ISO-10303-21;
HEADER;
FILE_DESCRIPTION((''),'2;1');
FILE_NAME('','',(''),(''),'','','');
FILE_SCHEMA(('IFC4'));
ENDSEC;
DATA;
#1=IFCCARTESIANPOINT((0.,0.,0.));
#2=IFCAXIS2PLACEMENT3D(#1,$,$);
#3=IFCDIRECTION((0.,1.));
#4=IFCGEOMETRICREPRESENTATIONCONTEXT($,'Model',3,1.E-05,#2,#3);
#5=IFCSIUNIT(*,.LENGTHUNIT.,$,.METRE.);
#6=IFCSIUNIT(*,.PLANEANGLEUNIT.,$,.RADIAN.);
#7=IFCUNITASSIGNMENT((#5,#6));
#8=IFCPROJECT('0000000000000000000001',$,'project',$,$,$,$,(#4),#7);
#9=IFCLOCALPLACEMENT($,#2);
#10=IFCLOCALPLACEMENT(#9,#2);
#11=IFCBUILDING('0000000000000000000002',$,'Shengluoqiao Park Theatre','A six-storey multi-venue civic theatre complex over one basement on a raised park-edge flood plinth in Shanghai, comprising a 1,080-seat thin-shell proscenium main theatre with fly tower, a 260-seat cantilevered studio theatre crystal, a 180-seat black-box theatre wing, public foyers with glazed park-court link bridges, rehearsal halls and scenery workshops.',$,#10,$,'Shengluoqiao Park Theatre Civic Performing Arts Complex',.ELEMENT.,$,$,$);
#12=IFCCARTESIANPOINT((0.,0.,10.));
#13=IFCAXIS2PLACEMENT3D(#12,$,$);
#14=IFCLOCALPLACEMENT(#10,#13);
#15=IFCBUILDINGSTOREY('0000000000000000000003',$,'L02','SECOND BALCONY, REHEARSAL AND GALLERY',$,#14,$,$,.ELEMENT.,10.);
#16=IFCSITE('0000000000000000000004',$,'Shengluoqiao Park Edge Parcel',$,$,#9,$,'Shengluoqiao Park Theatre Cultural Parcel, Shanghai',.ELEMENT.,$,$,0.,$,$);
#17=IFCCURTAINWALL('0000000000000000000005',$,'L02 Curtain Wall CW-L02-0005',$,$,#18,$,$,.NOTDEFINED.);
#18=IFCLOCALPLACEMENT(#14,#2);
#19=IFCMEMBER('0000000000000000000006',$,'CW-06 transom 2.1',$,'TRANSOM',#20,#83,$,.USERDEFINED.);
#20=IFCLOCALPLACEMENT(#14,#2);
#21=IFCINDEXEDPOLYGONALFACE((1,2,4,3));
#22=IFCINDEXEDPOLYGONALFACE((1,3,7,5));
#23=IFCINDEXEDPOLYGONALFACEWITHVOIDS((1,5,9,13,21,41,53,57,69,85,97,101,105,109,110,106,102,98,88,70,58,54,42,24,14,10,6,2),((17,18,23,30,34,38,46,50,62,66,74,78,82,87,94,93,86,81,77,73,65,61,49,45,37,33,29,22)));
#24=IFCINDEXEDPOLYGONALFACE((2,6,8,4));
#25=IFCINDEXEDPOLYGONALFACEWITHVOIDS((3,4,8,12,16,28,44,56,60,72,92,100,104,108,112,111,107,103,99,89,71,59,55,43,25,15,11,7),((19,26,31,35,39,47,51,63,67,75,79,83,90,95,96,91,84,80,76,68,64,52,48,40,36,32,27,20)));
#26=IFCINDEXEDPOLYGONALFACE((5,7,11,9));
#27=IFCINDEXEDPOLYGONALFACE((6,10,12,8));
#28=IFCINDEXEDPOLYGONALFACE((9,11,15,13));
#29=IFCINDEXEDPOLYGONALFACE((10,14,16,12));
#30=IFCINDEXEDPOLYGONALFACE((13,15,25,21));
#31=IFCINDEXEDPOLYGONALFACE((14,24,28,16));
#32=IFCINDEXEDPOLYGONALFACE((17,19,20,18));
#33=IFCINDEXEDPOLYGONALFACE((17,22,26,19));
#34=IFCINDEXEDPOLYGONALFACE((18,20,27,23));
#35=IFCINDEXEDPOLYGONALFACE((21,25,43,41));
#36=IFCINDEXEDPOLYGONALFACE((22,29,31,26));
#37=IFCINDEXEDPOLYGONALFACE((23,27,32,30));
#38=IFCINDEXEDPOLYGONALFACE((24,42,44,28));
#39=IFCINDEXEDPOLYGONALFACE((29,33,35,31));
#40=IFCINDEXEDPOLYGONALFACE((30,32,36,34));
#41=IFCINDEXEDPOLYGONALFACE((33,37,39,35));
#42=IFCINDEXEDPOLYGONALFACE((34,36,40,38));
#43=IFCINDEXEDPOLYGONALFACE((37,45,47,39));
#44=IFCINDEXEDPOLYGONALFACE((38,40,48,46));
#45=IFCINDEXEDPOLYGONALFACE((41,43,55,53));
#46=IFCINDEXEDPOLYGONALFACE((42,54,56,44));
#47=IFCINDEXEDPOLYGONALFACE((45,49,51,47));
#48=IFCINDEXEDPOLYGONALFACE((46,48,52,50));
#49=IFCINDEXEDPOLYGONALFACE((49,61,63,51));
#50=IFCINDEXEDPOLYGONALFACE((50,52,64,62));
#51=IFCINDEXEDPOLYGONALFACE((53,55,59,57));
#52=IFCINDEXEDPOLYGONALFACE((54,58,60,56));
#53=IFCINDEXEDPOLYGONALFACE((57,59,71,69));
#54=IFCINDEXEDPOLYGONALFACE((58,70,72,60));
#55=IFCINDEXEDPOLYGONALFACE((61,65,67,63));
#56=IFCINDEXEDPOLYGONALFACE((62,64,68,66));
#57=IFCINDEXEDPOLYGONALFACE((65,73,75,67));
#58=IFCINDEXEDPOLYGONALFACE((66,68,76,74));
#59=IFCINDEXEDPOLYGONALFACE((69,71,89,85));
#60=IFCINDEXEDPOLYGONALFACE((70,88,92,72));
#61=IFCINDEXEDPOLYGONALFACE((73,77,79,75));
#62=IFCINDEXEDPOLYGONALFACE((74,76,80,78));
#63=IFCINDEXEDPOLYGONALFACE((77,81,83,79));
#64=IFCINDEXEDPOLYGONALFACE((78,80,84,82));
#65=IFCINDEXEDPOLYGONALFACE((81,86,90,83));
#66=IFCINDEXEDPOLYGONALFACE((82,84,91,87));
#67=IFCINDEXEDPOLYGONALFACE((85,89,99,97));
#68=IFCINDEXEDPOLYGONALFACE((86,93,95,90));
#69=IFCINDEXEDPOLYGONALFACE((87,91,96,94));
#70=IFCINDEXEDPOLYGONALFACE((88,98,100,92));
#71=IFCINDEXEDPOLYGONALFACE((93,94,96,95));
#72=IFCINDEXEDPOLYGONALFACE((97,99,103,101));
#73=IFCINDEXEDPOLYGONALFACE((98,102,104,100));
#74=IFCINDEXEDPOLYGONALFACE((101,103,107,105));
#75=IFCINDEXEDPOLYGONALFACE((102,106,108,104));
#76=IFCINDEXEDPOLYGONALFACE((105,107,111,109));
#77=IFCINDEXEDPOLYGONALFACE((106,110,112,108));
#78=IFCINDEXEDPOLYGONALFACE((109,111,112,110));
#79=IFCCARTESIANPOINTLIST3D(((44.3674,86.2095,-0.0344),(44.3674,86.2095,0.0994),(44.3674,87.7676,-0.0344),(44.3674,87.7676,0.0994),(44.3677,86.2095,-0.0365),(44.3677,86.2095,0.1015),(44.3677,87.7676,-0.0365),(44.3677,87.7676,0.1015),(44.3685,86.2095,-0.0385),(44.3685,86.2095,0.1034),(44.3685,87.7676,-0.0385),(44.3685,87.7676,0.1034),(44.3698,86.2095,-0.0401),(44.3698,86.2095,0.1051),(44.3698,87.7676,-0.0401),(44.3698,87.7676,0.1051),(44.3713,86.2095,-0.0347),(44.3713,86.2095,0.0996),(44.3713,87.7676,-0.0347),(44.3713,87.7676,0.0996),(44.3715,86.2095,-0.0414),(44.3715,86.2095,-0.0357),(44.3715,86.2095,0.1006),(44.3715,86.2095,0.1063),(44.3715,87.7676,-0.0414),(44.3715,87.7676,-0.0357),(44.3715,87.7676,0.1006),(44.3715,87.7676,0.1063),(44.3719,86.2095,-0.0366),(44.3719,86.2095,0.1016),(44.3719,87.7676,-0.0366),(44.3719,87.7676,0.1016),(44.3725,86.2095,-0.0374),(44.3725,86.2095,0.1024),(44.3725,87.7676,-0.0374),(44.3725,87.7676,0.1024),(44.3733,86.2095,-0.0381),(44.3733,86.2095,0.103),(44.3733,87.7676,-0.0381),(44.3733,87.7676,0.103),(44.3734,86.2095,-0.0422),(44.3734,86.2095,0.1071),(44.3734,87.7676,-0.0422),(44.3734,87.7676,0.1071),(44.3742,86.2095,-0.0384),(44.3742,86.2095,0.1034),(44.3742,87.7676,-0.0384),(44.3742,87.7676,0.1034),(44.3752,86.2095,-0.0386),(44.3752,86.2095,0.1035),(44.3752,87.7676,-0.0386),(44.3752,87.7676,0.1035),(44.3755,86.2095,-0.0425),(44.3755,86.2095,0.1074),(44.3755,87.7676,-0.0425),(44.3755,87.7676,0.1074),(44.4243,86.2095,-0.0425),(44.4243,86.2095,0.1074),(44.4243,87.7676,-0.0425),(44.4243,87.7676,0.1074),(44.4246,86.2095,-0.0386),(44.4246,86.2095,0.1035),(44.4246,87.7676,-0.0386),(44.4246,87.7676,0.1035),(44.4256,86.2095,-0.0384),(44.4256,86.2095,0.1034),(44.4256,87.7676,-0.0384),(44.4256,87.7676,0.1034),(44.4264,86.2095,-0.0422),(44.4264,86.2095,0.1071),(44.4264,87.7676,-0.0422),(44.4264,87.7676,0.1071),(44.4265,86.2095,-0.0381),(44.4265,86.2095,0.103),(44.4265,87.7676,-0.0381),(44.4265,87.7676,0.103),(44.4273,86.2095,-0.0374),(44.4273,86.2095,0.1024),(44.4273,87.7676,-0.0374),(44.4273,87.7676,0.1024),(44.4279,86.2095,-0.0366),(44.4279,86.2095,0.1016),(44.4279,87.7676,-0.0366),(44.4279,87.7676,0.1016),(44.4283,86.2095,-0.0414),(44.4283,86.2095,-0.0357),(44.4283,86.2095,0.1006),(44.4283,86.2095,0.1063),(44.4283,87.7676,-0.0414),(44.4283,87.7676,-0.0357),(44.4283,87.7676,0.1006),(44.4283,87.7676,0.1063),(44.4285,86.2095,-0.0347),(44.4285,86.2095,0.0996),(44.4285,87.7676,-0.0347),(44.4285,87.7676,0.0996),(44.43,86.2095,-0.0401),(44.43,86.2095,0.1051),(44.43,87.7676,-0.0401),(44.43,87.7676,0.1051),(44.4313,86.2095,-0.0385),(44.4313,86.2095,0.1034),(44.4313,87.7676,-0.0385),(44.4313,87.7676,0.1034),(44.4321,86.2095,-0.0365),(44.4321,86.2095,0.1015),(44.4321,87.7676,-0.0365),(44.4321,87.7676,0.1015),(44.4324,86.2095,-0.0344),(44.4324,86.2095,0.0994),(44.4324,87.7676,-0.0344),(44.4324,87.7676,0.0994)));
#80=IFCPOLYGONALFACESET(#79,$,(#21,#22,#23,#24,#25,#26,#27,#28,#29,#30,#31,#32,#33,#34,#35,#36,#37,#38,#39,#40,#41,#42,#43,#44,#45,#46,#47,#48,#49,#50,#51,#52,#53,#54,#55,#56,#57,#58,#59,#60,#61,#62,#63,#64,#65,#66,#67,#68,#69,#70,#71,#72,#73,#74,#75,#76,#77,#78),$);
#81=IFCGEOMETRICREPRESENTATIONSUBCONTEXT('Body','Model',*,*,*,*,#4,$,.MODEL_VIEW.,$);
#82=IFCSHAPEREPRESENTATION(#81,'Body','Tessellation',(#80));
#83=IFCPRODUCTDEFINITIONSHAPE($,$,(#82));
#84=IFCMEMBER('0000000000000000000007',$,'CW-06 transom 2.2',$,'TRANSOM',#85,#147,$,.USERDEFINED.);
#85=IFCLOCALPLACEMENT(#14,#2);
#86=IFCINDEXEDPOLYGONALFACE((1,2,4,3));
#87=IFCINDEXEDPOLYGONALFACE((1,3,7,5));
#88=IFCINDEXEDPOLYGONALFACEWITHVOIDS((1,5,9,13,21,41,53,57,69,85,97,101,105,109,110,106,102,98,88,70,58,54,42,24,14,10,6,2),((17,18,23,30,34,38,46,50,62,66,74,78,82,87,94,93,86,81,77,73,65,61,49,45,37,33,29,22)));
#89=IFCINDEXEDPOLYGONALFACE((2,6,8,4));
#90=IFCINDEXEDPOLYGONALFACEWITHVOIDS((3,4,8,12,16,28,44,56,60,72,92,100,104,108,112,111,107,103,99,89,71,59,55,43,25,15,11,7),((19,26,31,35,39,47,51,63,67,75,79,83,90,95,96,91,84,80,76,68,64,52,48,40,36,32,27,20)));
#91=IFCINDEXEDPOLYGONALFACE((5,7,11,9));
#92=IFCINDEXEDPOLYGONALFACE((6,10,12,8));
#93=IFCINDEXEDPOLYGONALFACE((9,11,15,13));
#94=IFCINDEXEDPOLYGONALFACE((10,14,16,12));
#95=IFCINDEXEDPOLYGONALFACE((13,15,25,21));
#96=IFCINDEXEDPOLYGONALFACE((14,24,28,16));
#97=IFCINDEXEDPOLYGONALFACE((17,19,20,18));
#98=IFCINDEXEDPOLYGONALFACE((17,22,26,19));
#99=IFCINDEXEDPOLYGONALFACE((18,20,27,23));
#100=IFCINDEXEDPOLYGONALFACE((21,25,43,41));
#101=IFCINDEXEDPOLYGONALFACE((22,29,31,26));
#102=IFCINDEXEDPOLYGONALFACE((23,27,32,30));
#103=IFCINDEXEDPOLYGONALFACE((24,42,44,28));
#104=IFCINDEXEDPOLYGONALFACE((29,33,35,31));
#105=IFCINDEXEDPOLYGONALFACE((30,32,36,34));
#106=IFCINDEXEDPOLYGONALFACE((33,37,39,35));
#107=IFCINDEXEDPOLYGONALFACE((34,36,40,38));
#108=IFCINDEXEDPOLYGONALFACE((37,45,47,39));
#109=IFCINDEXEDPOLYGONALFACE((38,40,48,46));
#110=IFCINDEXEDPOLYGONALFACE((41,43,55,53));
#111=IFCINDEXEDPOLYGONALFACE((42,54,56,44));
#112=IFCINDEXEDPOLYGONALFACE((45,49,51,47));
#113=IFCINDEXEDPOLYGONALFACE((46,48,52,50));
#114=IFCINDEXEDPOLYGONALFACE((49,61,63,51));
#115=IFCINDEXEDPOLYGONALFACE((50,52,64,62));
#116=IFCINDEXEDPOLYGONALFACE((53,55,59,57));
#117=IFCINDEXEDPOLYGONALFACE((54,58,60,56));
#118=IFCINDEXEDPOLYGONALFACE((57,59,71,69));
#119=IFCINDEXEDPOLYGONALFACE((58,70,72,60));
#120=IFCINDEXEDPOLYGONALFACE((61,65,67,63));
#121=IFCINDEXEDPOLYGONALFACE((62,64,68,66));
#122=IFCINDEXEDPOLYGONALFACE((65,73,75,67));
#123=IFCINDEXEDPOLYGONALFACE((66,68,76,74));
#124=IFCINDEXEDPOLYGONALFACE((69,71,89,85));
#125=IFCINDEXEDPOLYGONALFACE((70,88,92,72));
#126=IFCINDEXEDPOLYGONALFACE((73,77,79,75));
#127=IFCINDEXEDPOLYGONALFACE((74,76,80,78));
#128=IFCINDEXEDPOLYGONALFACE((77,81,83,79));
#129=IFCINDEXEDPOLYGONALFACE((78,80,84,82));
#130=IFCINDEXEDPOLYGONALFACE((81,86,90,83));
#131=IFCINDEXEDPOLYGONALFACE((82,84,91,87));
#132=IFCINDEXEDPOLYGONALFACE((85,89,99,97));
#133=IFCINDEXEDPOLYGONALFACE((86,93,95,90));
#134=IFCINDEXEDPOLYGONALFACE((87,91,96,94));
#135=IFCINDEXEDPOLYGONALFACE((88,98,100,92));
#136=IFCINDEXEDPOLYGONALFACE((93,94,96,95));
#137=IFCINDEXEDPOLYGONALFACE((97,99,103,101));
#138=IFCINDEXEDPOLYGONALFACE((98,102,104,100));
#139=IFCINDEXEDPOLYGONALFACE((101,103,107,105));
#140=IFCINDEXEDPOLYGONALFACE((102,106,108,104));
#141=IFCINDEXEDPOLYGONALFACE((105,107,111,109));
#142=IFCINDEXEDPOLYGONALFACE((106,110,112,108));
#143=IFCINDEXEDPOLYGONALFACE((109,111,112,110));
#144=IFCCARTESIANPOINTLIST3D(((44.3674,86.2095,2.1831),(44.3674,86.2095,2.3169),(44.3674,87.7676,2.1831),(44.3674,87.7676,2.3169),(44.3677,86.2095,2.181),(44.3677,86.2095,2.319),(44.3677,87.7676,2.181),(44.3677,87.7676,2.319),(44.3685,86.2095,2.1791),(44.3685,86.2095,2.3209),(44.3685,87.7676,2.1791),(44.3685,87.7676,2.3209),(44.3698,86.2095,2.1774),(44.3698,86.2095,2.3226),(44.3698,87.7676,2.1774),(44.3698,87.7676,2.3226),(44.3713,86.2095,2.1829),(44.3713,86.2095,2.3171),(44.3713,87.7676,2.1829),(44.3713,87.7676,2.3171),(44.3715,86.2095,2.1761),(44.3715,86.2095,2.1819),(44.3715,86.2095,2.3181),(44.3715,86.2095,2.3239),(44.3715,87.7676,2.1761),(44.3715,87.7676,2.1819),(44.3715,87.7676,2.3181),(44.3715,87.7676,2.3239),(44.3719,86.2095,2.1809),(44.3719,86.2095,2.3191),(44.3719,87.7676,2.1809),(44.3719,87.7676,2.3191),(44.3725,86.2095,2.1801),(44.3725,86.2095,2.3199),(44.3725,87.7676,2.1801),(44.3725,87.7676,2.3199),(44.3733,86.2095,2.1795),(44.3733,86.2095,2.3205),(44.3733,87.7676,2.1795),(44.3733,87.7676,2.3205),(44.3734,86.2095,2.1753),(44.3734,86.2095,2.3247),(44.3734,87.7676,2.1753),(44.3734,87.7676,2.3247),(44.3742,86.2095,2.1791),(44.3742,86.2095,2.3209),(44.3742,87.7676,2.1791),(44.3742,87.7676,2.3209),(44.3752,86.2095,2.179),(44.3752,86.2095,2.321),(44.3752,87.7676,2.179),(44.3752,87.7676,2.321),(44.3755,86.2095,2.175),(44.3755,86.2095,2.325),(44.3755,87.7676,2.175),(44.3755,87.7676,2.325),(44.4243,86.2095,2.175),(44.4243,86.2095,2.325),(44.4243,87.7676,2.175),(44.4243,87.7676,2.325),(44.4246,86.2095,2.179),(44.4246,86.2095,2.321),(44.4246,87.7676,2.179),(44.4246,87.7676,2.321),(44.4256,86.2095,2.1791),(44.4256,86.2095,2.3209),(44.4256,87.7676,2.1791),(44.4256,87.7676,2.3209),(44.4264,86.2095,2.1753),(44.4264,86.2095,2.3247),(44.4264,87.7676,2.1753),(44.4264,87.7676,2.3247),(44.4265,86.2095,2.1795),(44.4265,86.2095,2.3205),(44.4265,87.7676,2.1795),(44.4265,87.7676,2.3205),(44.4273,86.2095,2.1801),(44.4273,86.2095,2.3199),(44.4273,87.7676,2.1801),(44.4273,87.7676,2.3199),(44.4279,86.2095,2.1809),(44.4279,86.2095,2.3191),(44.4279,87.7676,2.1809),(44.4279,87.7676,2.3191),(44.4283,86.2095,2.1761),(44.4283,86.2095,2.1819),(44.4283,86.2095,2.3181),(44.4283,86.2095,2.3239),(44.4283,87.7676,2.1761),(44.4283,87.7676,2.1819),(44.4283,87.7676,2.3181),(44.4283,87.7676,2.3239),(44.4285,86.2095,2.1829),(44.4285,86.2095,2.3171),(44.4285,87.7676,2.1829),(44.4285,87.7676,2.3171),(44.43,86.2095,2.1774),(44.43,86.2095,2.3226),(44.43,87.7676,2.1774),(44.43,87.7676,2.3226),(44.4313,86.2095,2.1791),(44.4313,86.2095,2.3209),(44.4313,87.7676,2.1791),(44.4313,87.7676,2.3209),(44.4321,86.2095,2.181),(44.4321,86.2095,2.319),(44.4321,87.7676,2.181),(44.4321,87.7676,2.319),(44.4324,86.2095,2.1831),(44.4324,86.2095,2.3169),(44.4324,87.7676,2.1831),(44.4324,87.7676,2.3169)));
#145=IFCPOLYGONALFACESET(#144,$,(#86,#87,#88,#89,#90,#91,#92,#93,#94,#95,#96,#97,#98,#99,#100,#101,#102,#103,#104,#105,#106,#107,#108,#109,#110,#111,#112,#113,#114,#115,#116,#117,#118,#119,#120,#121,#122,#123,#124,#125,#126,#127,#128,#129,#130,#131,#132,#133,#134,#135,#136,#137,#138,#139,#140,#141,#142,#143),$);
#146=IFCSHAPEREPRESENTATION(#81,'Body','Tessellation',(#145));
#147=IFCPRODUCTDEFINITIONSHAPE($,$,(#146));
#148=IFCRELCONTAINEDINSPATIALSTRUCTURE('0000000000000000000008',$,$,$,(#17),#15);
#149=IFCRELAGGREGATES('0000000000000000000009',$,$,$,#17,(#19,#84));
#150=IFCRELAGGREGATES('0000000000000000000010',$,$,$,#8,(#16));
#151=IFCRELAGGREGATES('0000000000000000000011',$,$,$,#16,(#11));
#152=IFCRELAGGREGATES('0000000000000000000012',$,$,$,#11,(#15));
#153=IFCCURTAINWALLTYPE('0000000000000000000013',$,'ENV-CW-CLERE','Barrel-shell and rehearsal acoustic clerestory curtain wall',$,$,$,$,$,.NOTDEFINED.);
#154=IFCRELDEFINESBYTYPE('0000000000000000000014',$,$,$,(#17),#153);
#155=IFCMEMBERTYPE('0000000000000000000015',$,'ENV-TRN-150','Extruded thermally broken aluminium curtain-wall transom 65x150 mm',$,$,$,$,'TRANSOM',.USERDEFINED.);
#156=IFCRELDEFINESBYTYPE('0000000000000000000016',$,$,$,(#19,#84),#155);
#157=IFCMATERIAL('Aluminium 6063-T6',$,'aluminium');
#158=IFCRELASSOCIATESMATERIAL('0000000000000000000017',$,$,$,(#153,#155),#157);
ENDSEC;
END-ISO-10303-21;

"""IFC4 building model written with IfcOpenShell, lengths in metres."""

from ifc_helpers import new_model, si_unit, direction, frame, origin, origin_2d, place, context, subcontext, project, spatial, hollow_rectangle, extrude, material, material_profile, profile_set, type_object, element, aggregate, save


model = new_model("IFC4")

# Units and contexts
model_context = context("Model", 3, precision=1e-05, world=origin(), true_north=direction((0.0, 1.0)))
body_context = subcontext(model_context, "Body", "Model", "MODEL_VIEW")
ifc_project = project(units=[si_unit("LENGTHUNIT", "METRE"), si_unit("PLANEANGLEUNIT", "RADIAN")], contexts=[model_context])

# Site, building, storey
site_placement = place(None, origin())
site = spatial("IfcSite", under=ifc_project, at=site_placement, Name="Shengluoqiao Park Edge Parcel", LongName="Shengluoqiao Park Theatre Cultural Parcel, Shanghai", CompositionType="ELEMENT", RefElevation=0.0)
building_placement = place(site_placement, origin())
building = spatial("IfcBuilding", under=site, at=building_placement, Name="Shengluoqiao Park Theatre", Description="A six-storey multi-venue civic theatre complex over one basement on a raised park-edge flood plinth in Shanghai, comprising a 1,080-seat thin-shell proscenium main theatre with fly tower, a 260-seat cantilevered studio theatre crystal, a 180-seat black-box theatre wing, public foyers with glazed park-court link bridges, rehearsal halls and scenery workshops.", LongName="Shengluoqiao Park Theatre Civic Performing Arts Complex", CompositionType="ELEMENT")
storey_placement = place(building_placement, frame((0.0, 0.0, 10.0)))
storey = spatial("IfcBuildingStorey", under=building, at=storey_placement, Name="L02", Description="SECOND BALCONY, REHEARSAL AND GALLERY", CompositionType="ELEMENT", Elevation=10.0)

# Curtain wall
ifc_material_1 = material(Name="Aluminium 6063-T6", Category="aluminium")
curtain_wall_type_1 = type_object("IfcCurtainWallType", Name="ENV-CW-CLERE", Description="Barrel-shell and rehearsal acoustic clerestory curtain wall", PredefinedType="NOTDEFINED", material=ifc_material_1)
curtain_wall_1_placement = place(storey_placement, origin())
curtain_wall_1 = element("IfcCurtainWall", 1, at=curtain_wall_1_placement, inside=storey, type_object=curtain_wall_type_1, Name="L02 Curtain Wall CW-L02-0005", PredefinedType="NOTDEFINED")

# Members
ifc_material_profile_1 = material_profile(ifc_material_1, hollow_rectangle(XDim=0.0649, YDim=0.1499, WallThickness=0.0039, InnerFilletRadius=0.0039, OuterFilletRadius=0.0081, at=origin_2d()), Name="ALU TRANSOM 150x65x4")
ifc_profile_set_1 = profile_set([ifc_material_profile_1], Name="Aluminium 6063-T6")
member_type_1 = type_object("IfcMemberType", Name="ENV-TRN-150", Description="Extruded thermally broken aluminium curtain-wall transom 65x150 mm", ElementType="TRANSOM", PredefinedType="USERDEFINED", material=ifc_profile_set_1)
member_1_placement = place(storey_placement, frame((44.3999, 86.2095, 0.0325), z_axis=(0.0, 1.0, 0.0), x_axis=(-1.0, 0.0, 0.0)))
member_1 = element("IfcMember", 2, at=member_1_placement, type_object=member_type_1, Name="CW-06 transom 2.1", ObjectType="TRANSOM", PredefinedType="USERDEFINED", context=body_context, shape_type="SweptSolid", body=[
    extrude(hollow_rectangle(XDim=0.0649, YDim=0.1499, WallThickness=0.0039, InnerFilletRadius=0.0039, OuterFilletRadius=0.0081, at=origin_2d()), origin(), (0.0, 0.0, 1.0), 1.5581),
])
member_2_placement = place(storey_placement, frame((44.3999, 86.2095, 2.25), z_axis=(0.0, 1.0, 0.0), x_axis=(-1.0, 0.0, 0.0)))
member_2 = element("IfcMember", 3, at=member_2_placement, type_object=member_type_1, Name="CW-06 transom 2.2", ObjectType="TRANSOM", PredefinedType="USERDEFINED", context=body_context, shape_type="SweptSolid", body=[
    extrude(hollow_rectangle(XDim=0.0649, YDim=0.1499, WallThickness=0.0039, InnerFilletRadius=0.0039, OuterFilletRadius=0.0081, at=origin_2d()), origin(), (0.0, 0.0, 1.0), 1.5581),
])

aggregate(curtain_wall_1, [member_1, member_2])

save(model, "model.ifc")
